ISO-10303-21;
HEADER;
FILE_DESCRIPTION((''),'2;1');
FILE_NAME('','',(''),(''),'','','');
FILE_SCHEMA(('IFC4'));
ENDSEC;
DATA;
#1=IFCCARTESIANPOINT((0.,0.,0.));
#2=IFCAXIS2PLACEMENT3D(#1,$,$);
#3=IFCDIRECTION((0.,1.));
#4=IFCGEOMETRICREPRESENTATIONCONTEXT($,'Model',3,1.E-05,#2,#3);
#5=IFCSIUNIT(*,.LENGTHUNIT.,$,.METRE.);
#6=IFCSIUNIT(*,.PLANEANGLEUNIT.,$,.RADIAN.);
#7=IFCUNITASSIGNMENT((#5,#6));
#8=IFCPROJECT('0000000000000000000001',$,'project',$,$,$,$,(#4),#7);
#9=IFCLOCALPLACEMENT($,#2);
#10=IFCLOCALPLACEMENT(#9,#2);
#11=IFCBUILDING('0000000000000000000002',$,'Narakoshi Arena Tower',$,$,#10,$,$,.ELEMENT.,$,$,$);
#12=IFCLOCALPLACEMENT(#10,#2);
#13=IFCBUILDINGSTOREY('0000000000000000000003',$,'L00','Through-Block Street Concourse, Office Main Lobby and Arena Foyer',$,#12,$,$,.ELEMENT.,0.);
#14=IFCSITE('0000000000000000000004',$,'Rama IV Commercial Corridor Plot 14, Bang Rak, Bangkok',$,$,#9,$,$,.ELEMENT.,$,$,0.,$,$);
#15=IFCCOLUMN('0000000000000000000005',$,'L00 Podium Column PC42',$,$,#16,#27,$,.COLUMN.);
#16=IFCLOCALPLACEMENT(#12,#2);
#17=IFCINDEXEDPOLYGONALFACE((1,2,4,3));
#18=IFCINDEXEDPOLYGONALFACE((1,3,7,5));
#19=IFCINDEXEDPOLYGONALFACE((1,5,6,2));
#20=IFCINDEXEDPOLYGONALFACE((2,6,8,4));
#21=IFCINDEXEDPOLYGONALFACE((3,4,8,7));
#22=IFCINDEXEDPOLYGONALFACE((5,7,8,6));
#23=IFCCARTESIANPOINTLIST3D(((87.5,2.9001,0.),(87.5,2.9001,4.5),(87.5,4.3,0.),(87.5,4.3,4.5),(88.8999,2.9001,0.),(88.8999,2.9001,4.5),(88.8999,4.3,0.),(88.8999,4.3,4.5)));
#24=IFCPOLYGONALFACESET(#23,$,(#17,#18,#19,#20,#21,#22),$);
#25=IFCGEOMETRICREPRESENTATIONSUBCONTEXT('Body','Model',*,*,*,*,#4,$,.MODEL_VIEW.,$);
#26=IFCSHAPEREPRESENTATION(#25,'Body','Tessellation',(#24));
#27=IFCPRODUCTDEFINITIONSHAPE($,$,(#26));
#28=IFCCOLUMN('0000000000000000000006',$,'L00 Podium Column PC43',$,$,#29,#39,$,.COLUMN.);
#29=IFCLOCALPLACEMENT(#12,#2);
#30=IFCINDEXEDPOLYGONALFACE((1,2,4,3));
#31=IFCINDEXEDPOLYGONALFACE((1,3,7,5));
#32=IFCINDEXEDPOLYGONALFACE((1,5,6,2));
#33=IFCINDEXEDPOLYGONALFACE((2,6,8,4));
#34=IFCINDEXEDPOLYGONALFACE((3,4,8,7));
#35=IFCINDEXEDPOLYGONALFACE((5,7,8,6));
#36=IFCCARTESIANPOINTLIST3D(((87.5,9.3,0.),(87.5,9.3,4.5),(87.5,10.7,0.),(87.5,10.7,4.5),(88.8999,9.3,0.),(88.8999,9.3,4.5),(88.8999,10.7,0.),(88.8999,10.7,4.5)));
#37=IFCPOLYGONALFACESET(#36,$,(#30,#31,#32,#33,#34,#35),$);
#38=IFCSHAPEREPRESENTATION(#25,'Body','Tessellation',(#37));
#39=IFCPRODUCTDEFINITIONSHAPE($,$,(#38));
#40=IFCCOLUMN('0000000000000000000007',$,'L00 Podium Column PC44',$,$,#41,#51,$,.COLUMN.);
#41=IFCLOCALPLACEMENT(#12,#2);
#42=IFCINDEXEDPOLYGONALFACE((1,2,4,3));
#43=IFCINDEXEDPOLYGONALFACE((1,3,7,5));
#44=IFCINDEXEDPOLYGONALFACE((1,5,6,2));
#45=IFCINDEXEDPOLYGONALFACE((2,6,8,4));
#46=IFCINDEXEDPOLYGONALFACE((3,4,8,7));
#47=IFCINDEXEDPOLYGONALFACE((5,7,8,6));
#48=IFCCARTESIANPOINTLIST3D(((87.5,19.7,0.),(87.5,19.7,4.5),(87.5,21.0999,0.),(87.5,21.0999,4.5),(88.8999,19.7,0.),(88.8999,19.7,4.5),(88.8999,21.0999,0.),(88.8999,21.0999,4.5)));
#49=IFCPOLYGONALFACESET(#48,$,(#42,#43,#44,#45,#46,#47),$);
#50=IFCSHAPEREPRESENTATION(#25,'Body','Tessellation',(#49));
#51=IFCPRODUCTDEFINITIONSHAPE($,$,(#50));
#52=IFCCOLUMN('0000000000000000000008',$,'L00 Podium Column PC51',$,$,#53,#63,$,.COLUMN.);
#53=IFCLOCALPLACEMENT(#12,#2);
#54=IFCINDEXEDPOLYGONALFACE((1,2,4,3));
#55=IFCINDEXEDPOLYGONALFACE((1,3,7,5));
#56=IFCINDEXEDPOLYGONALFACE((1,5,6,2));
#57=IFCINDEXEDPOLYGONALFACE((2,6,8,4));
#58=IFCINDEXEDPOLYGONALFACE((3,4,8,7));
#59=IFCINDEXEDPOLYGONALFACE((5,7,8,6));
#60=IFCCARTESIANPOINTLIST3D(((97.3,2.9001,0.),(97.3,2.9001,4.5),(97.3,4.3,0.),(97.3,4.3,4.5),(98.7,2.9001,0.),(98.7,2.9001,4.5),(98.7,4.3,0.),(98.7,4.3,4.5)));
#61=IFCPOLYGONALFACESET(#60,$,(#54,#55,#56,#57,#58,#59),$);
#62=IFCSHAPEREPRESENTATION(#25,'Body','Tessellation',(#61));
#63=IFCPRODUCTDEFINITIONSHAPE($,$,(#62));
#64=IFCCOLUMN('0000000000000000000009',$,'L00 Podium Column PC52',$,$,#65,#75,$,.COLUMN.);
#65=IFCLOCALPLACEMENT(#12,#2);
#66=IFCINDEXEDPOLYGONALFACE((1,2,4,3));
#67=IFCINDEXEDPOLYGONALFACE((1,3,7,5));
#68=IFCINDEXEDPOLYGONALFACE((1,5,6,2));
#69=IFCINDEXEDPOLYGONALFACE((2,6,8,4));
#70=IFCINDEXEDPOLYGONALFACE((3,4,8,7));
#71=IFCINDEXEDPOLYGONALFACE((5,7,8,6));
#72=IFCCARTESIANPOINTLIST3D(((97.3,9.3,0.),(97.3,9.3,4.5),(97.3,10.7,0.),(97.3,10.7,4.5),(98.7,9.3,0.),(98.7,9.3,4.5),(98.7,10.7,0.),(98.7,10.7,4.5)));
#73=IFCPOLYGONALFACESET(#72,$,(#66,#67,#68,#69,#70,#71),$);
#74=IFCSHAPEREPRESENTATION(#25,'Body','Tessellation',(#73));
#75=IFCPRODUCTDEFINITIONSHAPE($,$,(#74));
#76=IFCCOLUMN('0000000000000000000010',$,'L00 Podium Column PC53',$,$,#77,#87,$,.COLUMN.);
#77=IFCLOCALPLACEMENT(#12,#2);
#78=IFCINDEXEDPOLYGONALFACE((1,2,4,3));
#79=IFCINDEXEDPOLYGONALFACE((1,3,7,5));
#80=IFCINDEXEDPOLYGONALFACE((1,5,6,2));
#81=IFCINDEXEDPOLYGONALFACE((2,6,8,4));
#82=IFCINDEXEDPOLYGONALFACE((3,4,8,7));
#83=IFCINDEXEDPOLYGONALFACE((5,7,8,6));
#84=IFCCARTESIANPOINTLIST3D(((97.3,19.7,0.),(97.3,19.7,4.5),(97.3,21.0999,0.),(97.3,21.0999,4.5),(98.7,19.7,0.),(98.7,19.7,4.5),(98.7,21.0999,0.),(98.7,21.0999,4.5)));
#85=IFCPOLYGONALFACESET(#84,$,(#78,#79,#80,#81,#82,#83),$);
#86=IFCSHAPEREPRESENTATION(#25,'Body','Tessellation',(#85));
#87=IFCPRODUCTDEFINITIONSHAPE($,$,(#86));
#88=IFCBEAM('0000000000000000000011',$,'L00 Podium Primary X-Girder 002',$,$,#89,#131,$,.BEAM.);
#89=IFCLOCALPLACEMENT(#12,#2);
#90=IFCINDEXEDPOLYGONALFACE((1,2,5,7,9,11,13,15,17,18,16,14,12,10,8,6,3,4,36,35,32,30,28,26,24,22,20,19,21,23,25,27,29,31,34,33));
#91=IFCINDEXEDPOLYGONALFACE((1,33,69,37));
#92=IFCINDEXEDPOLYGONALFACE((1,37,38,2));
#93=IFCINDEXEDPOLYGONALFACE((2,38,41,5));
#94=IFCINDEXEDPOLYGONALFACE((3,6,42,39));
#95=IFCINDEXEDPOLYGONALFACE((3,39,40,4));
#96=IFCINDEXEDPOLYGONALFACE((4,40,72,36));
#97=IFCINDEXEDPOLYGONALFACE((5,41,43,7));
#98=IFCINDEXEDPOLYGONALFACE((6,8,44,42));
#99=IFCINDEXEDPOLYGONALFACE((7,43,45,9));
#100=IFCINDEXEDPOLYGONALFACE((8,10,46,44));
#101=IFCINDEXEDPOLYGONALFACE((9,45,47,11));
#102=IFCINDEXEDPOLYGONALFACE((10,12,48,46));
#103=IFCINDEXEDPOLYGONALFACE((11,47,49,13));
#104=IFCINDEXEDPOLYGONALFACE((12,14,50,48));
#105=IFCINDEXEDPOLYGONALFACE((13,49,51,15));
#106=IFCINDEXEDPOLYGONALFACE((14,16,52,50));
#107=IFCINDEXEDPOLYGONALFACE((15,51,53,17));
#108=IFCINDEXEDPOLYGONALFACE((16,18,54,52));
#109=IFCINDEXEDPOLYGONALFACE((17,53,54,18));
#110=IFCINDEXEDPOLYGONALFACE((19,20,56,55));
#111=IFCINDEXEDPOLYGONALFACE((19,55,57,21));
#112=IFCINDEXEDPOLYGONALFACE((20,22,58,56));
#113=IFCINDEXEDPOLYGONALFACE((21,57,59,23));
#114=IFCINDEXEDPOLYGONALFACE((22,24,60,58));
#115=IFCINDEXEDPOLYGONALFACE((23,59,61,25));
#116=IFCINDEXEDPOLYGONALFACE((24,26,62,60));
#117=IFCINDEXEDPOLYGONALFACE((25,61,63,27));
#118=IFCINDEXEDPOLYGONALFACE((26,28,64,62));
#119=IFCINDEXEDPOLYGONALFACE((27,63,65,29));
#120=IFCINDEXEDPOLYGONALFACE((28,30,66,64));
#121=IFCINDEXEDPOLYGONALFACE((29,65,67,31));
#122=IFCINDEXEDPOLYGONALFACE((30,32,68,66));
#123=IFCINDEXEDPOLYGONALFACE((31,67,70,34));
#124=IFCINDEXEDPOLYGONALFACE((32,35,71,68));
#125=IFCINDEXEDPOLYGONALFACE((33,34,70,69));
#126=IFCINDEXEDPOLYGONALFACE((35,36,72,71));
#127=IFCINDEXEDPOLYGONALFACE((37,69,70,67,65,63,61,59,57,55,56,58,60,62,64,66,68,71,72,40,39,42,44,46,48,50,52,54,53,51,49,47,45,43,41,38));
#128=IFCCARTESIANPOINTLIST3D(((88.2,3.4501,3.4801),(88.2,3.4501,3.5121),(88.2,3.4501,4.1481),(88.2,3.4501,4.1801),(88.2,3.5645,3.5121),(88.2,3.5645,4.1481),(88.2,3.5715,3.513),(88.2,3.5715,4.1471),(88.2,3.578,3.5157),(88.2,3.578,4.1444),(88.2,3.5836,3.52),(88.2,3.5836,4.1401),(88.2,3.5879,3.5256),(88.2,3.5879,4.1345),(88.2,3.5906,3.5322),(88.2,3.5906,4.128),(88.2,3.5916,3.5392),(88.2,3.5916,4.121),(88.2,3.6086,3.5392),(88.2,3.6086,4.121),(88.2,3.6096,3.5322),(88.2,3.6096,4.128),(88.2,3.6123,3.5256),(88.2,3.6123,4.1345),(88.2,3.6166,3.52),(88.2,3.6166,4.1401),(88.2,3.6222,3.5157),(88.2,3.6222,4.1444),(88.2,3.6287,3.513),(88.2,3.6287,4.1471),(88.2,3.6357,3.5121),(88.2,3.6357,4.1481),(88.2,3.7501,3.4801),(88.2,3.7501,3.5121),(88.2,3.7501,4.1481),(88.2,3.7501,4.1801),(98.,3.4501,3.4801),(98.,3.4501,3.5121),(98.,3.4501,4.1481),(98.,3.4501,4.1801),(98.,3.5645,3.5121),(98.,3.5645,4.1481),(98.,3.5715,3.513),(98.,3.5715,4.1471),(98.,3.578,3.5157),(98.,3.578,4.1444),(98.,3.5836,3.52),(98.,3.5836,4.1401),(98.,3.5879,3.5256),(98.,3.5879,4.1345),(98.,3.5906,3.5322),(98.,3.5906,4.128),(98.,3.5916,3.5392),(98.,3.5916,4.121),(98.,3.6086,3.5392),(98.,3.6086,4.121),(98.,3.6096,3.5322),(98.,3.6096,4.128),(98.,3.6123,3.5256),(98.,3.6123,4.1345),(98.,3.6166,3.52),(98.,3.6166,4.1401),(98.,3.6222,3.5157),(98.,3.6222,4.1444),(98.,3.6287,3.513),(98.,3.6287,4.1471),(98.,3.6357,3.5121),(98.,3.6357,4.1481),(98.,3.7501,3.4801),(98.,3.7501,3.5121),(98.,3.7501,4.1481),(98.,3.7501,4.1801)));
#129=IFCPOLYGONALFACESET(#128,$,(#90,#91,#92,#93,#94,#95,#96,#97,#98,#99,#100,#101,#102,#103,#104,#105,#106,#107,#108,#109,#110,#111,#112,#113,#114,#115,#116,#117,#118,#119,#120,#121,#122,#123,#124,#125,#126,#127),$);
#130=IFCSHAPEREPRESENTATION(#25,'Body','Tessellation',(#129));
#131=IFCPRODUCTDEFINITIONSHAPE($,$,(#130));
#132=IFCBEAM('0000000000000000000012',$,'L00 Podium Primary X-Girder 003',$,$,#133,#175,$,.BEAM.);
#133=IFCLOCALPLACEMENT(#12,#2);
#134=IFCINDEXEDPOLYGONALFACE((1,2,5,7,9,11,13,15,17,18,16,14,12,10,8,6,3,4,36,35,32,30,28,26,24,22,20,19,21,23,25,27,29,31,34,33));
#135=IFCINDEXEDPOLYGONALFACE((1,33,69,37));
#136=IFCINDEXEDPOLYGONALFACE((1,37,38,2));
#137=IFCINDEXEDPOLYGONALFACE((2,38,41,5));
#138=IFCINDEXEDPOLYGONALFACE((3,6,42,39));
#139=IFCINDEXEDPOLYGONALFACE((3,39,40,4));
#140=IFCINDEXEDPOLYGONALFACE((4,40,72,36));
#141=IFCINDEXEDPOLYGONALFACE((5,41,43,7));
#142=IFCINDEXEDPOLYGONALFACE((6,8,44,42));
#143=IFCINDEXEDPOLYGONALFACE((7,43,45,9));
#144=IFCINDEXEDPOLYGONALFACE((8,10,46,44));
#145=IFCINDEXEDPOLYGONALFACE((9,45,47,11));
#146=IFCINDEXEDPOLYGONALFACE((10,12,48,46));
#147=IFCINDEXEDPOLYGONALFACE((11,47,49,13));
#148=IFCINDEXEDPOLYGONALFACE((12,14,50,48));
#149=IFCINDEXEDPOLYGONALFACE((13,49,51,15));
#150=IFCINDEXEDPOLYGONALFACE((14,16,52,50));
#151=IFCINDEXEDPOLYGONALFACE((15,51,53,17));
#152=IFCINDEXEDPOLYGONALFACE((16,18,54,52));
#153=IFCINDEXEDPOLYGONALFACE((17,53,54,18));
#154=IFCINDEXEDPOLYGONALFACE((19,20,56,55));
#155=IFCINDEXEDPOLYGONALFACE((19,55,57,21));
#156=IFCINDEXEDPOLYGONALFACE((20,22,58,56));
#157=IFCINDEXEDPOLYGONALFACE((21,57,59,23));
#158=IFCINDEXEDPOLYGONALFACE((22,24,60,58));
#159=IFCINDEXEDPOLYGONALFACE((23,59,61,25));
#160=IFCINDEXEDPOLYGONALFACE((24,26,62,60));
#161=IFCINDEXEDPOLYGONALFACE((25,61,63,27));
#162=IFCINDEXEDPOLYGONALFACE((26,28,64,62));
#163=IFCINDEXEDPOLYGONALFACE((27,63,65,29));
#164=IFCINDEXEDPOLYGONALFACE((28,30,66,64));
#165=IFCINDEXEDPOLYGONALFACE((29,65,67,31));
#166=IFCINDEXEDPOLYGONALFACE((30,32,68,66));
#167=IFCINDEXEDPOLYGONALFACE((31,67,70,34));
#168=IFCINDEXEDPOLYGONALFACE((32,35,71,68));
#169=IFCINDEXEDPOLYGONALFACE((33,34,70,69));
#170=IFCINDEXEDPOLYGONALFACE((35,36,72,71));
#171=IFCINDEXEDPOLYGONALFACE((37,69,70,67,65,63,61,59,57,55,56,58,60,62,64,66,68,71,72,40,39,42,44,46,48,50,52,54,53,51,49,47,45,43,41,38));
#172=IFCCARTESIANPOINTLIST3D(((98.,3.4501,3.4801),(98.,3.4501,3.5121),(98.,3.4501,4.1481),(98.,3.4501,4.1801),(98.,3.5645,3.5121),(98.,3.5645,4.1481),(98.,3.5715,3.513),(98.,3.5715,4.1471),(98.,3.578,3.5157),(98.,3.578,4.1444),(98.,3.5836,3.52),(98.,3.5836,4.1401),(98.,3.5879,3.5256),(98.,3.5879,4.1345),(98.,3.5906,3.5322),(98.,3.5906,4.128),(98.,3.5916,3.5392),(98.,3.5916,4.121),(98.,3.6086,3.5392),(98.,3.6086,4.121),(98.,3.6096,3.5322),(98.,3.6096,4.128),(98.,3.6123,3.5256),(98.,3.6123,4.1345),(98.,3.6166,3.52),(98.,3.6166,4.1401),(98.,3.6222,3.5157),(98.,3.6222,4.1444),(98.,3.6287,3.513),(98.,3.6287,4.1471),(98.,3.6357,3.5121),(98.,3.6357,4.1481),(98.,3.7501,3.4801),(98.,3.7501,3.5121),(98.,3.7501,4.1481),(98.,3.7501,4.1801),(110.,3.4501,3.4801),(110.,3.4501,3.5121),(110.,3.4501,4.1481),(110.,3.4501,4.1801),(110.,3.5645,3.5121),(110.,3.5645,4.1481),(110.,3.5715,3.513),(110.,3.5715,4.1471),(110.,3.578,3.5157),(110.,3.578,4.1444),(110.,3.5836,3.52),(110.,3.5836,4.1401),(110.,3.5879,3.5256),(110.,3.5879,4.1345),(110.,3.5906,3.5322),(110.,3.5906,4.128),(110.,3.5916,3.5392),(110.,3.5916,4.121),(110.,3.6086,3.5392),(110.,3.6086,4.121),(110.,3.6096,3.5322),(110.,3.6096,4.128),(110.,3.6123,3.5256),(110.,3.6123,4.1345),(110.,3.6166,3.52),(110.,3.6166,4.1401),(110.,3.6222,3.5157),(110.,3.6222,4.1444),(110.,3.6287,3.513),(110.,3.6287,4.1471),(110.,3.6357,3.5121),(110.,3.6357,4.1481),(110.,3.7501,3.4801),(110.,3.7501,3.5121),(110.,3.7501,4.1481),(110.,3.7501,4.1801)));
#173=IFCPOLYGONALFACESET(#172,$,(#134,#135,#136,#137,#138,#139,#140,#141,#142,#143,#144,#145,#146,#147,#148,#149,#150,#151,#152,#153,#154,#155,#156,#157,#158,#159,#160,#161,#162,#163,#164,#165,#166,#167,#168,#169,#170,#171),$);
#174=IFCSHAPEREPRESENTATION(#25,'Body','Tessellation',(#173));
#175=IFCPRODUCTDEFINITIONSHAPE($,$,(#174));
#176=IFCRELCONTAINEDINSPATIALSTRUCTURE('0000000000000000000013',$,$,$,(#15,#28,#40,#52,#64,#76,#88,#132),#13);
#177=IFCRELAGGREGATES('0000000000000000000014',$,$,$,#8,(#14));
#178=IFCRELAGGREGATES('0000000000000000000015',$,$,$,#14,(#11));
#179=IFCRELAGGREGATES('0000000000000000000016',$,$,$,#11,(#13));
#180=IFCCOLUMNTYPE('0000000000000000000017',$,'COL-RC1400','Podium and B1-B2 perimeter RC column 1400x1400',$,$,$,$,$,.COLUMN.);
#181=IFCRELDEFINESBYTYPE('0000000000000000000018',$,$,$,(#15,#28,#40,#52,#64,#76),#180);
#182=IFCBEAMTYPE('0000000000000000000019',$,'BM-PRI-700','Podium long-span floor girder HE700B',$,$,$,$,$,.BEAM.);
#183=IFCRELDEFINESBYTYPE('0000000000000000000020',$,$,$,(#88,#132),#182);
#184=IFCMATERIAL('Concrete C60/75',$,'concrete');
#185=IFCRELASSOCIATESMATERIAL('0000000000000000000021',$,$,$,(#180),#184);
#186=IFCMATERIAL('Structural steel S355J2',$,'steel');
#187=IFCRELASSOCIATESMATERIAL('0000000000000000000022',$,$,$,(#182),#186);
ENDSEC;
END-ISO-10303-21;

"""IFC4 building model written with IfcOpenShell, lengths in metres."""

from ifc_helpers import new_model, si_unit, direction, frame, origin, origin_2d, place, context, subcontext, project, spatial, rectangle, i_section, extrude, material, material_profile, profile_set, type_object, element, save


model = new_model("IFC4")

# Units and contexts
model_context = context("Model", 3, precision=1e-05, world=origin(), true_north=direction((0.0, 1.0)))
body_context = subcontext(model_context, "Body", "Model", "MODEL_VIEW")
ifc_project = project(units=[si_unit("LENGTHUNIT", "METRE"), si_unit("PLANEANGLEUNIT", "RADIAN")], contexts=[model_context])

# Site, building, storey
site_placement = place(None, origin())
site = spatial("IfcSite", under=ifc_project, at=site_placement, Name="Rama IV Commercial Corridor Plot 14, Bang Rak, Bangkok", CompositionType="ELEMENT", RefElevation=0.0)
building_placement = place(site_placement, origin())
building = spatial("IfcBuilding", under=site, at=building_placement, Name="Narakoshi Arena Tower", CompositionType="ELEMENT")
storey_placement = place(building_placement, origin())
storey = spatial("IfcBuildingStorey", under=building, at=storey_placement, Name="L00", Description="Through-Block Street Concourse, Office Main Lobby and Arena Foyer", CompositionType="ELEMENT", Elevation=0.0)

# Columns
ifc_material_1 = material(Name="Concrete C60/75", Category="concrete")
ifc_material_profile_1 = material_profile(ifc_material_1, rectangle(XDim=1.3999, YDim=1.3999, at=origin_2d()), Name="RC1400x1400")
ifc_profile_set_1 = profile_set([ifc_material_profile_1], Name="Concrete C60/75")
column_type = type_object("IfcColumnType", Name="COL-RC1400", Description="Podium and B1-B2 perimeter RC column 1400x1400", PredefinedType="COLUMN", material=ifc_profile_set_1)
for number, where, z_axis, x_axis, name in (
    (1, (88.2, 3.6001, 0.0), (0.0, 0.0, 1.0), (1.0, 0.0, 0.0), "L00 Podium Column PC42"),
    (2, (88.2, 10.0, 0.0), (0.0, 0.0, 1.0), (1.0, 0.0, 0.0), "L00 Podium Column PC43"),
    (3, (88.2, 20.3999, 0.0), (0.0, 0.0, 1.0), (1.0, 0.0, 0.0), "L00 Podium Column PC44"),
    (4, (98.0, 3.6001, 0.0), (0.0, 0.0, 1.0), (1.0, 0.0, 0.0), "L00 Podium Column PC51"),
    (5, (98.0, 10.0, 0.0), (0.0, 0.0, 1.0), (1.0, 0.0, 0.0), "L00 Podium Column PC52"),
    (6, (98.0, 20.3999, 0.0), (0.0, 0.0, 1.0), (1.0, 0.0, 0.0), "L00 Podium Column PC53"),
):
    element("IfcColumn", number, at=place(storey_placement, frame(where, z_axis=z_axis, x_axis=x_axis)), inside=storey, type_object=column_type, Name=name, PredefinedType="COLUMN", context=body_context, shape_type="SweptSolid", body=[
        extrude(rectangle(XDim=1.3999, YDim=1.3999, at=origin_2d()), origin(), (0.0, 0.0, 1.0), 4.5),
    ])

# Beams
ifc_material_2 = material(Name="Structural steel S355J2", Category="steel")
ifc_material_profile_2 = material_profile(ifc_material_2, i_section(OverallWidth=0.3, OverallDepth=0.7, WebThickness=0.0171, FlangeThickness=0.032, FilletRadius=0.0271, at=origin_2d()), Name="HE700B")
ifc_profile_set_2 = profile_set([ifc_material_profile_2], Name="Structural steel S355J2")
beam_type_1 = type_object("IfcBeamType", Name="BM-PRI-700", Description="Podium long-span floor girder HE700B", PredefinedType="BEAM", material=ifc_profile_set_2)
beam_1_placement = place(storey_placement, frame((88.2, 3.6001, 3.8301), z_axis=(1.0, 0.0, 0.0), x_axis=(0.0, 1.0, 0.0)))
element("IfcBeam", 7, at=beam_1_placement, inside=storey, type_object=beam_type_1, Name="L00 Podium Primary X-Girder 002", PredefinedType="BEAM", context=body_context, shape_type="SweptSolid", body=[
    extrude(i_section(OverallWidth=0.3, OverallDepth=0.7, WebThickness=0.0171, FlangeThickness=0.032, FilletRadius=0.0271, at=origin_2d()), origin(), (0.0, 0.0, 1.0), 9.8),
])
beam_2_placement = place(storey_placement, frame((98.0, 3.6001, 3.8301), z_axis=(1.0, 0.0, 0.0), x_axis=(0.0, 1.0, 0.0)))
element("IfcBeam", 8, at=beam_2_placement, inside=storey, type_object=beam_type_1, Name="L00 Podium Primary X-Girder 003", PredefinedType="BEAM", context=body_context, shape_type="SweptSolid", body=[
    extrude(i_section(OverallWidth=0.3, OverallDepth=0.7, WebThickness=0.0171, FlangeThickness=0.032, FilletRadius=0.0271, at=origin_2d()), origin(), (0.0, 0.0, 1.0), 12.0),
])

save(model, "model.ifc")
